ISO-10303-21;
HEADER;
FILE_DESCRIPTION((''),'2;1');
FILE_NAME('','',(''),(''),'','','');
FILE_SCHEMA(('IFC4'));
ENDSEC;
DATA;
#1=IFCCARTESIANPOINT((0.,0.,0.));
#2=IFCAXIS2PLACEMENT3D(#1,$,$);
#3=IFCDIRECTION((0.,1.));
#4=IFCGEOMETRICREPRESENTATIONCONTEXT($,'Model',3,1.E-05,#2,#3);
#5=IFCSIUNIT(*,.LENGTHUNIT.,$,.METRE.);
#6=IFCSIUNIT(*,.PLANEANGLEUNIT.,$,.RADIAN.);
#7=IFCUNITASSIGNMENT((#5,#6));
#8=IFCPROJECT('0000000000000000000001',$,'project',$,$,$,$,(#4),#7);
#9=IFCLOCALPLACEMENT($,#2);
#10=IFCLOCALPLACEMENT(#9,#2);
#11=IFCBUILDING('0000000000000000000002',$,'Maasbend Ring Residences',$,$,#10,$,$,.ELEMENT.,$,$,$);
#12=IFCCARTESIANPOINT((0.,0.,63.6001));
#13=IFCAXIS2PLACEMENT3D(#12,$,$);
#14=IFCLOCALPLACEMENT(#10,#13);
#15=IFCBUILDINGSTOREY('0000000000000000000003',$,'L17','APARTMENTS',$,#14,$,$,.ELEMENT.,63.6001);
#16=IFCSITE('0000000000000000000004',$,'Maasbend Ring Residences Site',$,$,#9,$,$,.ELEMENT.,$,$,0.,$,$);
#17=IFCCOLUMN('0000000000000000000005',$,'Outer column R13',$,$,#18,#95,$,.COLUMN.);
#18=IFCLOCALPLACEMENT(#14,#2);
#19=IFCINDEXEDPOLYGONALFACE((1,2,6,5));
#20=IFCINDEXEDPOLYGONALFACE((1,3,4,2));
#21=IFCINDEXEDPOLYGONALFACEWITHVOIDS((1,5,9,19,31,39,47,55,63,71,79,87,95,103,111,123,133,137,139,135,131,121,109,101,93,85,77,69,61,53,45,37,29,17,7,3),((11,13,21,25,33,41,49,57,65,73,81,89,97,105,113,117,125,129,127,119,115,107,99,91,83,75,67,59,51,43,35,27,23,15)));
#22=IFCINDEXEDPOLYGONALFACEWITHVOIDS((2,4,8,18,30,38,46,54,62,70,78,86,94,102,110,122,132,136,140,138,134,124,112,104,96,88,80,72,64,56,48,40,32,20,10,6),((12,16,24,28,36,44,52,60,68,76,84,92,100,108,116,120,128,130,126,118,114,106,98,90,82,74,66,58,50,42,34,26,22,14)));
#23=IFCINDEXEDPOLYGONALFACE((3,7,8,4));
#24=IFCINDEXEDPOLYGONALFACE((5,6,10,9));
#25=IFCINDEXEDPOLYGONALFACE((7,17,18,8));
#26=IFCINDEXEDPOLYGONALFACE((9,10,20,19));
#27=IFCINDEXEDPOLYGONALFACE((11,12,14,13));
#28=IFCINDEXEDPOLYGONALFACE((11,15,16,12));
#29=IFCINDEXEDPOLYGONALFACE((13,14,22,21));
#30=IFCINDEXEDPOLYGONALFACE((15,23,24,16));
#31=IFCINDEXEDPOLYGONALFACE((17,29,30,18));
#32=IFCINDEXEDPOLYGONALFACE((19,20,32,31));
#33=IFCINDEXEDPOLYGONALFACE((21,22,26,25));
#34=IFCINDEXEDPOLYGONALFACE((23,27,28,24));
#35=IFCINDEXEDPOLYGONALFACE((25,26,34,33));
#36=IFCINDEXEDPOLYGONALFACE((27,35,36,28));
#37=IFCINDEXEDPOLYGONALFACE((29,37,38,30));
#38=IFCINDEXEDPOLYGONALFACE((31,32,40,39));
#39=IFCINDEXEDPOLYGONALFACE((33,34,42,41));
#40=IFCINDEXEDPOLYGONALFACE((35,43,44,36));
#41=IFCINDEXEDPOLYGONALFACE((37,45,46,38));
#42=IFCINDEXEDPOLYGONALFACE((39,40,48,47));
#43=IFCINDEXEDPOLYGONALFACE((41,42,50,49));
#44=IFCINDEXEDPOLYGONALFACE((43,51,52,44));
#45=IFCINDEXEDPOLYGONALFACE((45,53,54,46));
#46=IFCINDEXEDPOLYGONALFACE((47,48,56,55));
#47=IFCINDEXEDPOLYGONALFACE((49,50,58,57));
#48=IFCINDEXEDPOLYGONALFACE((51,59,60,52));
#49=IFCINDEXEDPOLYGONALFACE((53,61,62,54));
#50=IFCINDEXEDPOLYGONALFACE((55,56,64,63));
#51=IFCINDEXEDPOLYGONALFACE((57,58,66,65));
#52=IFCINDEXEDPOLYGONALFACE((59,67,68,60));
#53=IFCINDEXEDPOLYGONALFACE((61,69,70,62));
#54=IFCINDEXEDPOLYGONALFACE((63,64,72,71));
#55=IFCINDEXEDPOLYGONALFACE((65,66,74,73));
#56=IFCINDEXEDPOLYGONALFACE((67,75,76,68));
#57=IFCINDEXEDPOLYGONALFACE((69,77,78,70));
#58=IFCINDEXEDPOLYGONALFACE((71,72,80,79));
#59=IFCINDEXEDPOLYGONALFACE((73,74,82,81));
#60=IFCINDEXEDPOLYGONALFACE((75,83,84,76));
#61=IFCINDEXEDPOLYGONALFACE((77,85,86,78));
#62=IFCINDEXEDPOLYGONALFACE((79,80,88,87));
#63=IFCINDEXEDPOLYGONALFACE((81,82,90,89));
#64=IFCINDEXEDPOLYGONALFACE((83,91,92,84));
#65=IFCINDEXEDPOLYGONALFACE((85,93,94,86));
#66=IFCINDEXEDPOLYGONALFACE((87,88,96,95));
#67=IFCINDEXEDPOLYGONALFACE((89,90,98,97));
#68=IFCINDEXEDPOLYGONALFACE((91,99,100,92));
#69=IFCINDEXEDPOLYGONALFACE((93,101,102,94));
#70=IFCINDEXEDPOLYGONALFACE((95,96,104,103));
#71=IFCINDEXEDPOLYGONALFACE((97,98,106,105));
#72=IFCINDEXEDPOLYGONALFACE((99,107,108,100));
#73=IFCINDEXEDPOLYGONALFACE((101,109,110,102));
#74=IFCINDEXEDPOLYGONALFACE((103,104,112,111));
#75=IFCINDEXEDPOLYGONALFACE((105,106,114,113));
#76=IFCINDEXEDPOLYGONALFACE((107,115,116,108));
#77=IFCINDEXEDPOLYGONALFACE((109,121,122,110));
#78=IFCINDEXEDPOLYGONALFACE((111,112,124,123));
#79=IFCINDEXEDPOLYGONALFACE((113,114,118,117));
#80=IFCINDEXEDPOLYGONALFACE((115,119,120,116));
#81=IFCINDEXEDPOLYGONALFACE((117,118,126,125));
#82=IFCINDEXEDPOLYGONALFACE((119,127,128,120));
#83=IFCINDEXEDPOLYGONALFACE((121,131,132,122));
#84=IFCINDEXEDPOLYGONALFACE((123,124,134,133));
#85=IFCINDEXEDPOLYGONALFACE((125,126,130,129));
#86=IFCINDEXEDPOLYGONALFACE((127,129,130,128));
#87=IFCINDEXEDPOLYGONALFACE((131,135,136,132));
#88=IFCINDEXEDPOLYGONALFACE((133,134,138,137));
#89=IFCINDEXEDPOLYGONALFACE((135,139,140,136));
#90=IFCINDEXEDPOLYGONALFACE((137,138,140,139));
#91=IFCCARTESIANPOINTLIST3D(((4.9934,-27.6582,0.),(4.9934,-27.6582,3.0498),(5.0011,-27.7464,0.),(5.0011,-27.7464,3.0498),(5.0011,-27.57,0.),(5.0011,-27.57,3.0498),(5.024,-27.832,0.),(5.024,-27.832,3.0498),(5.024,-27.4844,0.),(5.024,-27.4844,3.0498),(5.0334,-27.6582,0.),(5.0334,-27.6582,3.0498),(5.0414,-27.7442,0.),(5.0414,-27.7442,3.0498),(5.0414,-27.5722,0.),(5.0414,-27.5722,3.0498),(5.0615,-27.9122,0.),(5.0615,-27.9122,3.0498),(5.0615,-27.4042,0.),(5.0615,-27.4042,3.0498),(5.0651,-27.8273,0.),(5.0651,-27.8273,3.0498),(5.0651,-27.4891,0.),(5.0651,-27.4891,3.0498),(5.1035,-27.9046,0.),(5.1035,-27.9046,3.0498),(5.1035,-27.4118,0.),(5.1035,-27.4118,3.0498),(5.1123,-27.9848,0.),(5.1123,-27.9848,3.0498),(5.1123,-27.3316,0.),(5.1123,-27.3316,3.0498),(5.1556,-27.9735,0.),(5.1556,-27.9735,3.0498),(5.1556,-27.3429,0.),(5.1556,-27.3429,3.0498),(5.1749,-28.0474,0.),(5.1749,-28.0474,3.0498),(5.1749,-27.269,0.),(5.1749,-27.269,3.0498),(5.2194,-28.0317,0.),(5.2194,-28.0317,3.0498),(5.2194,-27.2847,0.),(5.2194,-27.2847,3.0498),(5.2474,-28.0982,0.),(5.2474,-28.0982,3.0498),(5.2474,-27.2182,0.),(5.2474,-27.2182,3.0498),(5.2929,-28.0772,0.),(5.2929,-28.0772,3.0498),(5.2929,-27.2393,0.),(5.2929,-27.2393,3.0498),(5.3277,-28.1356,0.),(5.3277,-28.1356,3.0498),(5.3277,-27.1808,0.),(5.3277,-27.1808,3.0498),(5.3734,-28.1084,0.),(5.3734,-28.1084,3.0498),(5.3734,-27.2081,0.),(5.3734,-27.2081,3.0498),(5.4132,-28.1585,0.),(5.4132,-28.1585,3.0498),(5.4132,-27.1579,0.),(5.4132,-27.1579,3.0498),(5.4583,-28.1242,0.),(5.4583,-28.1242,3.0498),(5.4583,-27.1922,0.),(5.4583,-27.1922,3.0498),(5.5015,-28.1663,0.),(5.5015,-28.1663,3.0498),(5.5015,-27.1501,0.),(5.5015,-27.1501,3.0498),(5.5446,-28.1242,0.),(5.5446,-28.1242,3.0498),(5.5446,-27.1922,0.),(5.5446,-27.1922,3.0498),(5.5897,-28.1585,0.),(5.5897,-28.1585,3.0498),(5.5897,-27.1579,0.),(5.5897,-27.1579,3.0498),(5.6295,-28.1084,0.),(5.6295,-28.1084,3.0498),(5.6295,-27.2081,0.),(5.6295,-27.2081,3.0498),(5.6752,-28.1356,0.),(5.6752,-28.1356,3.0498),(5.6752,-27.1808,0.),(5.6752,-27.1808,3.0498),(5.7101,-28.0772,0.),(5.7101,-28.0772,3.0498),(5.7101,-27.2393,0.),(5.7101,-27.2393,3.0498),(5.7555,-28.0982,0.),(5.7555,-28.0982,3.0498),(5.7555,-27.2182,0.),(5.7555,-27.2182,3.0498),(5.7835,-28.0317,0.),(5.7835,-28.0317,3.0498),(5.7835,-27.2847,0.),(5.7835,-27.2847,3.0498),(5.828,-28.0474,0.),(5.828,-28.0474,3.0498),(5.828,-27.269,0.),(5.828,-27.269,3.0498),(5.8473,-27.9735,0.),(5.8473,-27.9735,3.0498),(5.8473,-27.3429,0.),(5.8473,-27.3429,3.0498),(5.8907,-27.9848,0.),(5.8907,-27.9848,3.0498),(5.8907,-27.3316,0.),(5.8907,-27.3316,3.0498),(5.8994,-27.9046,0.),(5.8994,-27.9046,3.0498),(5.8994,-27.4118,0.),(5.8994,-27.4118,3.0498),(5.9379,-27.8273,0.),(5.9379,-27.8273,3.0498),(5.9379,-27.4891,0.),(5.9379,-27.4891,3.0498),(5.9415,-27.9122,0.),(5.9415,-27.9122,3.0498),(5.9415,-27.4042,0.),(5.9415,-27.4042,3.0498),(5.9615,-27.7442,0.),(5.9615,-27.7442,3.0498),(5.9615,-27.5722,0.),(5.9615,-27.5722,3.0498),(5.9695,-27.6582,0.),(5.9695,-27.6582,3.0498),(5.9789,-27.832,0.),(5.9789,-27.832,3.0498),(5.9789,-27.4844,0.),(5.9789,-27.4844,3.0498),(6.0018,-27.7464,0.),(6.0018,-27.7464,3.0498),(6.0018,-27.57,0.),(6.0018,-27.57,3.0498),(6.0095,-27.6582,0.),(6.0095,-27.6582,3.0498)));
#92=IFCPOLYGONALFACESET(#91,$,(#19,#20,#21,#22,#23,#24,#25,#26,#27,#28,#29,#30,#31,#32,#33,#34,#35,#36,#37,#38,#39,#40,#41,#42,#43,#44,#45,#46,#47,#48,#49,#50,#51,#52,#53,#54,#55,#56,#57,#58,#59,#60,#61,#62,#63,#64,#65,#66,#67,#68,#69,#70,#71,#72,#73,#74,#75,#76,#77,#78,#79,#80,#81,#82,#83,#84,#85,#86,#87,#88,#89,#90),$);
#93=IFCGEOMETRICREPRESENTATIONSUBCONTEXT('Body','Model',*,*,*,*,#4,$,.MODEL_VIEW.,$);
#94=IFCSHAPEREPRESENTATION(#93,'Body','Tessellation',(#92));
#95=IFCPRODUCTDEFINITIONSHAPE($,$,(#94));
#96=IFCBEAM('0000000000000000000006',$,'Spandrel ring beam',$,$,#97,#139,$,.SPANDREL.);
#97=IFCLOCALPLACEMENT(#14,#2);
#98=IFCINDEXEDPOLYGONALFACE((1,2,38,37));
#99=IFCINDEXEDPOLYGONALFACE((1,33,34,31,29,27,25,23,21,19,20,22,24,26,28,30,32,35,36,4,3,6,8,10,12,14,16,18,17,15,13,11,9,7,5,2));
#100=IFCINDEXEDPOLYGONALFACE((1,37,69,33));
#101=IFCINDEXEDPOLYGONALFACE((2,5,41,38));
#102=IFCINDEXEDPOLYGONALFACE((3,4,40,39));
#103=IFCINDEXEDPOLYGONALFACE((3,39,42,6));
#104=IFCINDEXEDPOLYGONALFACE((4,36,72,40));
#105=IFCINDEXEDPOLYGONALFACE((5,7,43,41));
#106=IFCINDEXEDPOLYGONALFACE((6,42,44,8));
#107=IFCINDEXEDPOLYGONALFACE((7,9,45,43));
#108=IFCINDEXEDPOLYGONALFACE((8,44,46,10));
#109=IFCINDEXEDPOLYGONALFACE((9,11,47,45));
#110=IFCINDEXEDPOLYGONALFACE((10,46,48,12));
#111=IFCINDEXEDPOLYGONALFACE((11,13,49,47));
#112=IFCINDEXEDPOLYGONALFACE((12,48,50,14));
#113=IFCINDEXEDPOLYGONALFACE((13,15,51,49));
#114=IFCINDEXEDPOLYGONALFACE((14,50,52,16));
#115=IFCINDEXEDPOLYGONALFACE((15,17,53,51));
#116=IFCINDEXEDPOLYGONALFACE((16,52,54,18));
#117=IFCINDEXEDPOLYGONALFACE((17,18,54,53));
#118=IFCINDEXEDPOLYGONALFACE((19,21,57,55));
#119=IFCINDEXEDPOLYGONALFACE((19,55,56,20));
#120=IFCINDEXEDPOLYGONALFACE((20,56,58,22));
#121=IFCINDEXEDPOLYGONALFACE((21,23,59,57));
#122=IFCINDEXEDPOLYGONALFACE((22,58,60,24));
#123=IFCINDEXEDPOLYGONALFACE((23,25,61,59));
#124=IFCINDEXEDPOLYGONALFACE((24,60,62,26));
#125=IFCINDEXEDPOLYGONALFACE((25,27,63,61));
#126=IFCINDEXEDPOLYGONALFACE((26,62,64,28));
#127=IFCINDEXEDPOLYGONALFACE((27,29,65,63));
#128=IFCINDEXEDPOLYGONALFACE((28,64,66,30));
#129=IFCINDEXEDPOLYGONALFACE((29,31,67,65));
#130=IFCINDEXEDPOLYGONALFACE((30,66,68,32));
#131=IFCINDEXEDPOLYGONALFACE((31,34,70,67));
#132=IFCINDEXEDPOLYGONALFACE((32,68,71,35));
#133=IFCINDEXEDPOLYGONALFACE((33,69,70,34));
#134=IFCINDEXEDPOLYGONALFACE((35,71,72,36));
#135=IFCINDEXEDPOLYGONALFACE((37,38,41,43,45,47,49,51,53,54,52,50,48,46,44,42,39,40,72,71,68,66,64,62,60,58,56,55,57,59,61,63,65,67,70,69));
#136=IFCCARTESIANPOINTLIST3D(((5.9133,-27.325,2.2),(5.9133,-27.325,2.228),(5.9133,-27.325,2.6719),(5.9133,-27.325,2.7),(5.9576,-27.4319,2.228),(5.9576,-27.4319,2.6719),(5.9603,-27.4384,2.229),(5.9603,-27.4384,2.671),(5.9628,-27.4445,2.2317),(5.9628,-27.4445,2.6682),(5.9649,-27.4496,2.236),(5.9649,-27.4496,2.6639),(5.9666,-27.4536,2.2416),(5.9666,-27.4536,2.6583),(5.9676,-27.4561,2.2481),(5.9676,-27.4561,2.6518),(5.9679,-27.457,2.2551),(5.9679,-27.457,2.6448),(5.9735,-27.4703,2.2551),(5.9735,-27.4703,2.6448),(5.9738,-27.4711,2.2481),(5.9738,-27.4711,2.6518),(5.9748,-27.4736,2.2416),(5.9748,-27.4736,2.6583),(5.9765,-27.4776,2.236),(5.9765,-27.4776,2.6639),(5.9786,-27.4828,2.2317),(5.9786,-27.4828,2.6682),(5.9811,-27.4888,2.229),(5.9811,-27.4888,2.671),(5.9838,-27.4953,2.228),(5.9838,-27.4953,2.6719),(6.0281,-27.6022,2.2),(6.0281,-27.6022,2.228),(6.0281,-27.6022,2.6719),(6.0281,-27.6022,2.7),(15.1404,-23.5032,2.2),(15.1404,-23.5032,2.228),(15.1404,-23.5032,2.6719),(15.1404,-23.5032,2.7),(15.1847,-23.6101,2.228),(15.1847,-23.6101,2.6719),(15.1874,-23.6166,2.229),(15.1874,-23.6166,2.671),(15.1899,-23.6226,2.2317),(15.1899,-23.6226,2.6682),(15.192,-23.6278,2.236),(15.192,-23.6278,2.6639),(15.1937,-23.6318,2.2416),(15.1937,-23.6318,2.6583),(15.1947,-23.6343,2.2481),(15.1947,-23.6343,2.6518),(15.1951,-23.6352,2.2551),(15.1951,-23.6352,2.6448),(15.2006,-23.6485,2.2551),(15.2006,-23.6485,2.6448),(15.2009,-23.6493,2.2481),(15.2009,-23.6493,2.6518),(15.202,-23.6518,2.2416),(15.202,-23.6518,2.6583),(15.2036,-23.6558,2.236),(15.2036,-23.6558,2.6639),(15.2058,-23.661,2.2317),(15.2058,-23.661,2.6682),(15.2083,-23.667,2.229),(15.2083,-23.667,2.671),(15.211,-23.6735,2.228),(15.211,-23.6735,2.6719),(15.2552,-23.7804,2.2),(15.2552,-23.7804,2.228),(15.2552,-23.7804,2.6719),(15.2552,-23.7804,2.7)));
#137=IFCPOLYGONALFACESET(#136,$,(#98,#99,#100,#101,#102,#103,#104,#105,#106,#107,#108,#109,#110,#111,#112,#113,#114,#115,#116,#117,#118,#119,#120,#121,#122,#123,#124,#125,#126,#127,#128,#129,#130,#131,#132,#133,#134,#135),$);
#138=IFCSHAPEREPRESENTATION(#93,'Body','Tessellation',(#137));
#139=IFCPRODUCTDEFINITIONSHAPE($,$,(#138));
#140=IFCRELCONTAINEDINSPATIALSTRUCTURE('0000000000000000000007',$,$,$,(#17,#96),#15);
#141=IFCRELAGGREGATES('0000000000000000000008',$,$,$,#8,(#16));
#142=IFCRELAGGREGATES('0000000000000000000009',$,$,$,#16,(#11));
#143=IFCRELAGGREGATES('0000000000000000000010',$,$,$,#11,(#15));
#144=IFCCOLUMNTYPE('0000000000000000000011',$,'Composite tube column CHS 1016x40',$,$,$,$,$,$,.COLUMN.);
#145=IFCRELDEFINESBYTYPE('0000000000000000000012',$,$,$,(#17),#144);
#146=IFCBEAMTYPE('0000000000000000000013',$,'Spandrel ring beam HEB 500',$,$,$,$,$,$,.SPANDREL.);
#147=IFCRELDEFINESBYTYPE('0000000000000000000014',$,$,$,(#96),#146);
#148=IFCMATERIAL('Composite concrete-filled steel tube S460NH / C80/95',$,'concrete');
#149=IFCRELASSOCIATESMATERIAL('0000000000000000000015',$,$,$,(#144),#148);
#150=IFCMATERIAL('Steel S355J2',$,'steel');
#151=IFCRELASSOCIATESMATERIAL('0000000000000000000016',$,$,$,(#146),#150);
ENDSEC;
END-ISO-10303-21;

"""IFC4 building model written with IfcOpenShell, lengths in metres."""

from ifc_helpers import new_model, si_unit, direction, frame, origin, origin_2d, place, context, subcontext, project, spatial, hollow_circle, i_section, extrude, material, material_profile, profile_set, type_object, element, save


model = new_model("IFC4")

# Units and contexts
model_context = context("Model", 3, precision=1e-05, world=origin(), true_north=direction((0.0, 1.0)))
body_context = subcontext(model_context, "Body", "Model", "MODEL_VIEW")
ifc_project = project(units=[si_unit("LENGTHUNIT", "METRE"), si_unit("PLANEANGLEUNIT", "RADIAN")], contexts=[model_context])

# Site, building, storey
site_placement = place(None, origin())
site = spatial("IfcSite", under=ifc_project, at=site_placement, Name="Maasbend Ring Residences Site", CompositionType="ELEMENT", RefElevation=0.0)
building_placement = place(site_placement, origin())
building = spatial("IfcBuilding", under=site, at=building_placement, Name="Maasbend Ring Residences", CompositionType="ELEMENT")
storey_placement = place(building_placement, frame((0.0, 0.0, 63.6001)))
storey = spatial("IfcBuildingStorey", under=building, at=storey_placement, Name="L17", Description="APARTMENTS", CompositionType="ELEMENT", Elevation=63.6001)

# Column
ifc_material_1 = material(Name="Composite concrete-filled steel tube S460NH / C80/95", Category="concrete")
ifc_material_profile_1 = material_profile(ifc_material_1, hollow_circle(Radius=0.5081, WallThickness=0.04, at=origin_2d()), Name="Composite tube column CHS 1016x40")
ifc_profile_set_1 = profile_set([ifc_material_profile_1], Name="Composite concrete-filled steel tube S460NH / C80/95")
column_type = type_object("IfcColumnType", Name="Composite tube column CHS 1016x40", PredefinedType="COLUMN", material=ifc_profile_set_1)
column_placement = place(storey_placement, frame((5.5015, -27.6582, 0.0), z_axis=(0.0, 0.0, 1.0), x_axis=(1.0, 0.0, 0.0)))
element("IfcColumn", 1, at=column_placement, inside=storey, type_object=column_type, Name="Outer column R13", PredefinedType="COLUMN", context=body_context, shape_type="SweptSolid", body=[
    extrude(hollow_circle(Radius=0.5081, WallThickness=0.04, at=origin_2d()), origin(), (0.0, 0.0, 1.0), 3.0498),
])

# Beam
ifc_material_2 = material(Name="Steel S355J2", Category="steel")
ifc_material_profile_2 = material_profile(ifc_material_2, i_section(OverallWidth=0.3, OverallDepth=0.5, WebThickness=0.0144, FlangeThickness=0.0281, FilletRadius=0.0271, at=origin_2d()), Name="HEB 500")
ifc_profile_set_2 = profile_set([ifc_material_profile_2], Name="Steel S355J2")
beam_type = type_object("IfcBeamType", Name="Spandrel ring beam HEB 500", PredefinedType="SPANDREL", material=ifc_profile_set_2)
beam_placement = place(storey_placement, frame((5.9707, -27.4636, 2.45), z_axis=(0.923886, 0.382667, 0.0), x_axis=(-0.382667, 0.923886, 0.0)))
element("IfcBeam", 2, at=beam_placement, inside=storey, type_object=beam_type, Name="Spandrel ring beam", PredefinedType="SPANDREL", context=body_context, shape_type="SweptSolid", body=[
    extrude(i_section(OverallWidth=0.3, OverallDepth=0.5, WebThickness=0.0144, FlangeThickness=0.0281, FilletRadius=0.0271, at=origin_2d()), origin(), (0.0, 0.0, 1.0), 9.9873),
])

save(model, "model.ifc")
